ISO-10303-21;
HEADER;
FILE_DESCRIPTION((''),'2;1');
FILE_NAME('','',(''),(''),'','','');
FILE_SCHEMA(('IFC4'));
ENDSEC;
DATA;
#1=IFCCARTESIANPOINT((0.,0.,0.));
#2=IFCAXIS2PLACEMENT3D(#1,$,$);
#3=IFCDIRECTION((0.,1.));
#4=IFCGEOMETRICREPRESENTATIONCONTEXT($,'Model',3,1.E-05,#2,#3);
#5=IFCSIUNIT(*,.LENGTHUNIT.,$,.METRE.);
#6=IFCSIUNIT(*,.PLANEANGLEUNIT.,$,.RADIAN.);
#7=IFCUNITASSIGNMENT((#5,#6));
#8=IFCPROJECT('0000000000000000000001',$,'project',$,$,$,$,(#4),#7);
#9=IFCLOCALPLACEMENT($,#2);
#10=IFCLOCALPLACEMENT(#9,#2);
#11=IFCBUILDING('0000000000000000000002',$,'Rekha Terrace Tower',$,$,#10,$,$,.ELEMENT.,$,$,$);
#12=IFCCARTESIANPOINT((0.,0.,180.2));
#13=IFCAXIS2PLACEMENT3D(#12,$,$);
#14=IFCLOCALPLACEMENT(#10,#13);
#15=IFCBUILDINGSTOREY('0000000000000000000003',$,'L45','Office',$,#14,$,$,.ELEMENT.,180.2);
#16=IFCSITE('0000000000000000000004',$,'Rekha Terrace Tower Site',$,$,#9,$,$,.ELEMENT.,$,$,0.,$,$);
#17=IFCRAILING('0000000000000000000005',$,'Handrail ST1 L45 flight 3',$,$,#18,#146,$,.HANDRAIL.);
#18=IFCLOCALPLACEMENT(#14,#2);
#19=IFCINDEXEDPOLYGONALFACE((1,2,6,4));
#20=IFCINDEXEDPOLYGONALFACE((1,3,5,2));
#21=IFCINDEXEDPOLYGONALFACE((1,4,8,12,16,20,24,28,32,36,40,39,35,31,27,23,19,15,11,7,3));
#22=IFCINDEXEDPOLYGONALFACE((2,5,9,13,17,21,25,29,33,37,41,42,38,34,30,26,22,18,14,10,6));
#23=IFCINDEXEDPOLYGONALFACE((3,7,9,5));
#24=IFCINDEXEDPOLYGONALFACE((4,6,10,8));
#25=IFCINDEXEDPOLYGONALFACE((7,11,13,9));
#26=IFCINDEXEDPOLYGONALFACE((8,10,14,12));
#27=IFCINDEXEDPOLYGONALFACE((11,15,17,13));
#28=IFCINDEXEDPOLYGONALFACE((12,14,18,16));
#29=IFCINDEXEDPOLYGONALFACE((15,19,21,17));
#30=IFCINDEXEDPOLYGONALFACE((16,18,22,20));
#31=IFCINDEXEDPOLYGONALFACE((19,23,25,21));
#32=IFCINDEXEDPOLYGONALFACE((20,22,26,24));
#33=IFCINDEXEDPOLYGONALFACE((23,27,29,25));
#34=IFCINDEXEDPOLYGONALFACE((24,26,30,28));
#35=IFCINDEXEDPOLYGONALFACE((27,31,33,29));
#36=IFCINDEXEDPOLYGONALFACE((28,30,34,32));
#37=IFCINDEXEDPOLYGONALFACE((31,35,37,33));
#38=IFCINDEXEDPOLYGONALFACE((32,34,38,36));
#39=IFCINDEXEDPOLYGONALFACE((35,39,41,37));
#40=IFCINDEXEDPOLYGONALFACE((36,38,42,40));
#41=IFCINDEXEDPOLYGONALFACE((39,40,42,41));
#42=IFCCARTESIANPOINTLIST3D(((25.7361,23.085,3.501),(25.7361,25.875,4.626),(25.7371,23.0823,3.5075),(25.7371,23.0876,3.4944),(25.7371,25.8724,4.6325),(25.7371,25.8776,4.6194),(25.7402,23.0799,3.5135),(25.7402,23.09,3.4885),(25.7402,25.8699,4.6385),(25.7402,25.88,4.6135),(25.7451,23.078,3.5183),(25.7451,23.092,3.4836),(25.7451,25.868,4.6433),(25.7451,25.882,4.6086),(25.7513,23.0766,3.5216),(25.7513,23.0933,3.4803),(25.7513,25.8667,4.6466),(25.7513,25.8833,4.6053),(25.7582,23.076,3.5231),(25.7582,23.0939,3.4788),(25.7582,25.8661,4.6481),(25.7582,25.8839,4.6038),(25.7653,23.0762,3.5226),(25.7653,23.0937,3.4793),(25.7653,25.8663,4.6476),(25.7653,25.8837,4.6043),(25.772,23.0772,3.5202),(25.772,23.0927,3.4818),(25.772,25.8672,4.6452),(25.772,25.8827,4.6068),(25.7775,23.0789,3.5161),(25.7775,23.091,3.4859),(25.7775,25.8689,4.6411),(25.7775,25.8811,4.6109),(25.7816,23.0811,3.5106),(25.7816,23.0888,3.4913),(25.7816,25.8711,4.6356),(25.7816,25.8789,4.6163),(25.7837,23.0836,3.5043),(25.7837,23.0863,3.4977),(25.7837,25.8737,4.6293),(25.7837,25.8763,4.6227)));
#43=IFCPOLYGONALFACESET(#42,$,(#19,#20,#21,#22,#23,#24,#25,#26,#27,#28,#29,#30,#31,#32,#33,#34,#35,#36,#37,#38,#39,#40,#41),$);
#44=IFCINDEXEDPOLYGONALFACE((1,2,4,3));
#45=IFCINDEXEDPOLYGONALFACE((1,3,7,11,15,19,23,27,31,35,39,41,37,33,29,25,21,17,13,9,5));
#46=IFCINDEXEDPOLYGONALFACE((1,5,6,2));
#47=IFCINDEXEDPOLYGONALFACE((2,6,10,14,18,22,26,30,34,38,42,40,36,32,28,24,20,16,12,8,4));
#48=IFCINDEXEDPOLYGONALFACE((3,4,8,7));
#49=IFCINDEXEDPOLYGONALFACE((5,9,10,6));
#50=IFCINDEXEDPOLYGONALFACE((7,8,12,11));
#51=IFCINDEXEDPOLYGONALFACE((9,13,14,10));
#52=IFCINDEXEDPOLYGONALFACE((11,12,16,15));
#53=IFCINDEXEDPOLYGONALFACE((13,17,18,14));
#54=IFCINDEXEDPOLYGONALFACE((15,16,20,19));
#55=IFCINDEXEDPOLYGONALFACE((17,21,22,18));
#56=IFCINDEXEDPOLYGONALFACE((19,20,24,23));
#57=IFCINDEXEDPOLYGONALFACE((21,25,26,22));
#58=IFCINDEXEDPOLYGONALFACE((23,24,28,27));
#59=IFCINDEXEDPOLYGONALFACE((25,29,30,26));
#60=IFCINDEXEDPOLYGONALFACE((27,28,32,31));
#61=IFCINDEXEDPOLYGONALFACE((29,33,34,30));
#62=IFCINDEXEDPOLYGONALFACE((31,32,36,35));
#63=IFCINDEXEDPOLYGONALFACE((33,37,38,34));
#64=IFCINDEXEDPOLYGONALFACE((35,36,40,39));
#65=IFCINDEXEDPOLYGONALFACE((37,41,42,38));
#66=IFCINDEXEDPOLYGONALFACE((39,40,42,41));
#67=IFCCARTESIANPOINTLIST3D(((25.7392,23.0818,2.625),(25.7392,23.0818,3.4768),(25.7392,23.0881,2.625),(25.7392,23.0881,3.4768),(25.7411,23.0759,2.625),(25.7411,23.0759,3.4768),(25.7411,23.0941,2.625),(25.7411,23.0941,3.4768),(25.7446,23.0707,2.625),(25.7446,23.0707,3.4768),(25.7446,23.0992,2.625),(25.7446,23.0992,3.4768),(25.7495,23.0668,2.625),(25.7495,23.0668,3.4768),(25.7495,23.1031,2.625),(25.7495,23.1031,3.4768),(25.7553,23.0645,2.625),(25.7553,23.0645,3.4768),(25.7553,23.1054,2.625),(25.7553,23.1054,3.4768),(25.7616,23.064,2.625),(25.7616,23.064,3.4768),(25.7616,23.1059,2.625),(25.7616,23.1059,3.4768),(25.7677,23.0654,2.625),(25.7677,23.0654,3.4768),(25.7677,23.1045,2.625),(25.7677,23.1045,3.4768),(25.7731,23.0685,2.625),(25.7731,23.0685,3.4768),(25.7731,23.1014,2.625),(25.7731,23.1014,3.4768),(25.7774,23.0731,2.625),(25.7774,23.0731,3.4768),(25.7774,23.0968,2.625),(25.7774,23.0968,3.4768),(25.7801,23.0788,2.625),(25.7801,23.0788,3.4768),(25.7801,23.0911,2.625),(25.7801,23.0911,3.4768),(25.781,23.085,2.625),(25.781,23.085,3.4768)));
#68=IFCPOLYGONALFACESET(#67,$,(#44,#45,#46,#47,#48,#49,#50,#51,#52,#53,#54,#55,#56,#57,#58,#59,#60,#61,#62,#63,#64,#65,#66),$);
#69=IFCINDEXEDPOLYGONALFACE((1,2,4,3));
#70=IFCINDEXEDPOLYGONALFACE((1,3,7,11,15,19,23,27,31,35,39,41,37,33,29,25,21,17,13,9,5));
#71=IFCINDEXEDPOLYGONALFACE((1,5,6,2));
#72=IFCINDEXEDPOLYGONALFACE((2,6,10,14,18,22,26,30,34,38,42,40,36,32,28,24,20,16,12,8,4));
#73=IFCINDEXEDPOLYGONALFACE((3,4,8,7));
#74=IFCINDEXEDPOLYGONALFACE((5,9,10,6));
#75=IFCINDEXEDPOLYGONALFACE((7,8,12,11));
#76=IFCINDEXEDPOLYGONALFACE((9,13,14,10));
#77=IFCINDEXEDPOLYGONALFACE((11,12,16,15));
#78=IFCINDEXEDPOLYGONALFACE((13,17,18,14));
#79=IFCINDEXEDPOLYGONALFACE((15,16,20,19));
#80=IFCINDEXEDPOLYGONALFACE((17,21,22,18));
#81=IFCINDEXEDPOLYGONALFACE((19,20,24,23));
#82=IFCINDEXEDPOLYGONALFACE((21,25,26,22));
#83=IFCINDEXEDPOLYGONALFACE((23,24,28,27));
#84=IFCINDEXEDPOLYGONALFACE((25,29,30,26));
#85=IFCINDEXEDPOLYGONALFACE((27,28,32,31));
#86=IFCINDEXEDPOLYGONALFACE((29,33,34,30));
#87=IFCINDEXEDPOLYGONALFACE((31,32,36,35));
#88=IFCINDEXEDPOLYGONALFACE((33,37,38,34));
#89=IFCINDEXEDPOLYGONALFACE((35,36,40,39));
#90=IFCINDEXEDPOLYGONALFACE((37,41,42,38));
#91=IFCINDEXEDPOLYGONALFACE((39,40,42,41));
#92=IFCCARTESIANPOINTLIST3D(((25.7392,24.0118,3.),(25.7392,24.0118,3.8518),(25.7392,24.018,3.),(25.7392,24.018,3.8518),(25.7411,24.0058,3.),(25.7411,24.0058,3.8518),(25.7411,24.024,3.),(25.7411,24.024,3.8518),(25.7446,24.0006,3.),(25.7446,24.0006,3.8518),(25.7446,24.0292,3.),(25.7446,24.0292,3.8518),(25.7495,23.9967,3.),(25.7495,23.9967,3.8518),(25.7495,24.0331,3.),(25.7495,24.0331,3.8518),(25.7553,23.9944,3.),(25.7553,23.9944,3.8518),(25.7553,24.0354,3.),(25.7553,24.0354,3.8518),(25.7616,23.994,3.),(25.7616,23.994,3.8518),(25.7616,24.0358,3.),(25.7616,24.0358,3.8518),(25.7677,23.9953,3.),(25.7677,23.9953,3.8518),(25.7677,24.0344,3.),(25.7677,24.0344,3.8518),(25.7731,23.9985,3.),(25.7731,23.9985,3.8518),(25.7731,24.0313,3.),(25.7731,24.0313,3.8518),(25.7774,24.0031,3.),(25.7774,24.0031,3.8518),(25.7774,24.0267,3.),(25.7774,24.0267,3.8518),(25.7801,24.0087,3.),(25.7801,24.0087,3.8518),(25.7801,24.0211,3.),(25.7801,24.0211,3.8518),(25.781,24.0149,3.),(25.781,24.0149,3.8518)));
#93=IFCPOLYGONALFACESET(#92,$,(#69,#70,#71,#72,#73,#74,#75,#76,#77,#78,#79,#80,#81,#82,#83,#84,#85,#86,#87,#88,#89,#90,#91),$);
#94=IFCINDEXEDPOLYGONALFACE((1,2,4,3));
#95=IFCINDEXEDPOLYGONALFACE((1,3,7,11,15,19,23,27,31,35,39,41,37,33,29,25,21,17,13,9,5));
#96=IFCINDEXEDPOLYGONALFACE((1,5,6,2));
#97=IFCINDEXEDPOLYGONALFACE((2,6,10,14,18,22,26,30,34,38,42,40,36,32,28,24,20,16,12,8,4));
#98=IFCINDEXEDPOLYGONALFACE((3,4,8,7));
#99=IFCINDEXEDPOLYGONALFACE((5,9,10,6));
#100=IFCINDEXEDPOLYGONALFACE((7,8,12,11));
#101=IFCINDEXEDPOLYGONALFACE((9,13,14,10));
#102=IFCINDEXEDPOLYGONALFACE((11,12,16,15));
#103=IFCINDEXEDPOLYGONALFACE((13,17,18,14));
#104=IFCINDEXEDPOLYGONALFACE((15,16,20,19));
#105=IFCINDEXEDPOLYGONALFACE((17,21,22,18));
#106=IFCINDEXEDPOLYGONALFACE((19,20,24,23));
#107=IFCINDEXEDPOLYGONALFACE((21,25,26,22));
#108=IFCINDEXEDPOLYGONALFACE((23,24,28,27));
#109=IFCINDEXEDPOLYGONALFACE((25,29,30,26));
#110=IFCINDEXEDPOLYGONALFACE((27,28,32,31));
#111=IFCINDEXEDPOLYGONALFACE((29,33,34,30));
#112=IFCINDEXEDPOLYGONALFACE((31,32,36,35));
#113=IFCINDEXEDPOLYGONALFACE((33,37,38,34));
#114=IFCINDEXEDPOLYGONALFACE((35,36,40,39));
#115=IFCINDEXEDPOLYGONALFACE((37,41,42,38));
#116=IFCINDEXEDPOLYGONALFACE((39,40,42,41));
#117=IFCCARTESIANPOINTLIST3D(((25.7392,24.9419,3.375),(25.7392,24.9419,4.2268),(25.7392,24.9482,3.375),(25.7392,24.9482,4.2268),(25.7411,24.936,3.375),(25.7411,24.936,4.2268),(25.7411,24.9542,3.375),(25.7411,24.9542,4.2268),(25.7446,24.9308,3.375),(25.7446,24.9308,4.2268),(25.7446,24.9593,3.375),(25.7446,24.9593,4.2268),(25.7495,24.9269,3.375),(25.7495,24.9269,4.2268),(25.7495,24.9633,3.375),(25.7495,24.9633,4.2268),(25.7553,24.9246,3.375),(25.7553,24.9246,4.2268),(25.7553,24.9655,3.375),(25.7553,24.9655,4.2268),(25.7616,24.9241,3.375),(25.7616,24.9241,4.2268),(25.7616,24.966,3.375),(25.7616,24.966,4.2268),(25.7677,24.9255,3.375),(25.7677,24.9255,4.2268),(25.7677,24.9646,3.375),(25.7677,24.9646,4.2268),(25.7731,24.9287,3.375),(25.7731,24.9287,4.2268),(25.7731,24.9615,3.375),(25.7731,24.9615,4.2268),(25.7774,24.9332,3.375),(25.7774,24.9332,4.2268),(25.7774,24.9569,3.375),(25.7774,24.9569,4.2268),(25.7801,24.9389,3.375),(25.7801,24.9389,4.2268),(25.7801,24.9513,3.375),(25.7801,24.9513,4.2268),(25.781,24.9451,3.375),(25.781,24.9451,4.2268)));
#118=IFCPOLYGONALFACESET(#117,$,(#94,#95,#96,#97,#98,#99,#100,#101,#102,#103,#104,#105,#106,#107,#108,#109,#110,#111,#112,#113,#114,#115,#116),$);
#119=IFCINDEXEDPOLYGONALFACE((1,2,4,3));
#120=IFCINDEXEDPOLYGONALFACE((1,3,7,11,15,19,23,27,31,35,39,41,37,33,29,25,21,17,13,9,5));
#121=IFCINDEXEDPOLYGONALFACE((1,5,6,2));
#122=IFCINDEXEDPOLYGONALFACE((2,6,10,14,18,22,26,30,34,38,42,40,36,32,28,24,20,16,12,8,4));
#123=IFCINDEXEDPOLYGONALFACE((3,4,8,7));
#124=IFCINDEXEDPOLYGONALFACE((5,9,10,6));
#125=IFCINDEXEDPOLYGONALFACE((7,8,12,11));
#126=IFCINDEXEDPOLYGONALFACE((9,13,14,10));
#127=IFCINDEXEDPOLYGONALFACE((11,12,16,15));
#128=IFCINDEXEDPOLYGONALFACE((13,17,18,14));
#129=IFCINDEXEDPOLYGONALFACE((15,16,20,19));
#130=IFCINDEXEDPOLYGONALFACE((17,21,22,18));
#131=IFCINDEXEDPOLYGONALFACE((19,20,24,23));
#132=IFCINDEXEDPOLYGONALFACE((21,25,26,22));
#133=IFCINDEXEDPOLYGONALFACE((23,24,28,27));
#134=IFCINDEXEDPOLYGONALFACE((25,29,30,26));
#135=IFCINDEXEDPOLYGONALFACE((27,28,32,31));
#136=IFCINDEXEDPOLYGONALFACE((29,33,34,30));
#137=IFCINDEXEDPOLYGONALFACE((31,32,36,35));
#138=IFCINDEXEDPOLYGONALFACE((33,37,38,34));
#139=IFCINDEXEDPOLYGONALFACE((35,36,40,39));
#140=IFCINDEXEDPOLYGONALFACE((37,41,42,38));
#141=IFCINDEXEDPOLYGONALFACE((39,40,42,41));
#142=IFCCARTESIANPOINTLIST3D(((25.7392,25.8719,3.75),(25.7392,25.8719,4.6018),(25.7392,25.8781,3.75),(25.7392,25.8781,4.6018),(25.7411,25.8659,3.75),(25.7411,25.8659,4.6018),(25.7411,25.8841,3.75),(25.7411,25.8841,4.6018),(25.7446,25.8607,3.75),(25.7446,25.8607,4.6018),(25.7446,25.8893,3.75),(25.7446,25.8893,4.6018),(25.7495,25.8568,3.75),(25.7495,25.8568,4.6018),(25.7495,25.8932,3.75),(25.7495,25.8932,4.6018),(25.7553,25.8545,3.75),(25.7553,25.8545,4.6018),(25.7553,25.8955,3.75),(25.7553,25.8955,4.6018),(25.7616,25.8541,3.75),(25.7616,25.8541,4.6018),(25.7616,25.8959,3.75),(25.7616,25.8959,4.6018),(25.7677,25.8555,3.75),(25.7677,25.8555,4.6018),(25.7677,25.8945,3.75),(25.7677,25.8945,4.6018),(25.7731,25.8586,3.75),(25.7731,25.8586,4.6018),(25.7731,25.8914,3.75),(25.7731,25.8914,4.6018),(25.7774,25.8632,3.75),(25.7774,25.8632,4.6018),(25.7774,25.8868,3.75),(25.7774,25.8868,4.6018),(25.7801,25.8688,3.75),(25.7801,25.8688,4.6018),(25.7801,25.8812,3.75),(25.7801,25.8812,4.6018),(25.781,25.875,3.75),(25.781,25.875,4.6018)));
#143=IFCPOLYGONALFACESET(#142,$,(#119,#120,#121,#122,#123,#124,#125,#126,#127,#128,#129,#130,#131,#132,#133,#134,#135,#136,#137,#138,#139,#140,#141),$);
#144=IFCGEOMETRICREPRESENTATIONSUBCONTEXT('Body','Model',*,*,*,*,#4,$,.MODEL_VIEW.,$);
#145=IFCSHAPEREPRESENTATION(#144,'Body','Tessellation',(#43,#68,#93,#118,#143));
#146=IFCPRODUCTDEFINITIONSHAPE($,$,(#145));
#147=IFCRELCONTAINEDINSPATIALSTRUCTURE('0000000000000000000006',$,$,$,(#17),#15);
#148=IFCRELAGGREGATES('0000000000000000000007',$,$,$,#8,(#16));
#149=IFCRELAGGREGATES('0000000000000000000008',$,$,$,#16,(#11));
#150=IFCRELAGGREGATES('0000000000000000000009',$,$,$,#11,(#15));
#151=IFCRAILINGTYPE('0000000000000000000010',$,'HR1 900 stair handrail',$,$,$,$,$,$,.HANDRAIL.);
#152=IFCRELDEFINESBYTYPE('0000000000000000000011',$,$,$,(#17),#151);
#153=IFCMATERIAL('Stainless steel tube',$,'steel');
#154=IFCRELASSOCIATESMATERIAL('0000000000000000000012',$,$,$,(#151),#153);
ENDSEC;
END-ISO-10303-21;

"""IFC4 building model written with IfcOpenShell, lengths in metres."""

from ifc_helpers import new_model, si_unit, direction, frame, origin, origin_2d, place, context, subcontext, project, spatial, circle, extrude, material, type_object, element, save


model = new_model("IFC4")

# Units and contexts
model_context = context("Model", 3, precision=1e-05, world=origin(), true_north=direction((0.0, 1.0)))
body_context = subcontext(model_context, "Body", "Model", "MODEL_VIEW")
ifc_project = project(units=[si_unit("LENGTHUNIT", "METRE"), si_unit("PLANEANGLEUNIT", "RADIAN")], contexts=[model_context])

# Site, building, storey
site_placement = place(None, origin())
site = spatial("IfcSite", under=ifc_project, at=site_placement, Name="Rekha Terrace Tower Site", CompositionType="ELEMENT", RefElevation=0.0)
building_placement = place(site_placement, origin())
building = spatial("IfcBuilding", under=site, at=building_placement, Name="Rekha Terrace Tower", CompositionType="ELEMENT")
storey_placement = place(building_placement, frame((0.0, 0.0, 180.2)))
storey = spatial("IfcBuildingStorey", under=building, at=storey_placement, Name="L45", Description="Office", CompositionType="ELEMENT", Elevation=180.2)

# Railing
ifc_material_1 = material(Name="Stainless steel tube", Category="steel")
railing_type_1 = type_object("IfcRailingType", Name="HR1 900 stair handrail", PredefinedType="HANDRAIL", material=ifc_material_1)
railing_1_placement = place(storey_placement, frame((25.76, 23.085, 2.625)))
element("IfcRailing", 1, at=railing_1_placement, inside=storey, type_object=railing_type_1, Name="Handrail ST1 L45 flight 3", PredefinedType="HANDRAIL", context=body_context, shape_type="SweptSolid", body=[
    extrude(circle(Radius=0.0239, at=origin_2d()), frame((0.0, 0.0, 0.876), z_axis=(0.0, 0.927443, 0.373964), x_axis=(-1.0, 0.0, 0.0)), (0.0, 0.0, 1.0), 3.0083),
    extrude(circle(Radius=0.021, at=origin_2d()), origin(), (0.0, 0.0, 1.0), 0.8518),
    extrude(circle(Radius=0.021, at=origin_2d()), frame((0.0, 0.9299, 0.375)), (0.0, 0.0, 1.0), 0.8518),
    extrude(circle(Radius=0.021, at=origin_2d()), frame((0.0, 1.8601, 0.75)), (0.0, 0.0, 1.0), 0.8518),
    extrude(circle(Radius=0.021, at=origin_2d()), frame((0.0, 2.79, 1.125)), (0.0, 0.0, 1.0), 0.8518),
])

save(model, "model.ifc")
